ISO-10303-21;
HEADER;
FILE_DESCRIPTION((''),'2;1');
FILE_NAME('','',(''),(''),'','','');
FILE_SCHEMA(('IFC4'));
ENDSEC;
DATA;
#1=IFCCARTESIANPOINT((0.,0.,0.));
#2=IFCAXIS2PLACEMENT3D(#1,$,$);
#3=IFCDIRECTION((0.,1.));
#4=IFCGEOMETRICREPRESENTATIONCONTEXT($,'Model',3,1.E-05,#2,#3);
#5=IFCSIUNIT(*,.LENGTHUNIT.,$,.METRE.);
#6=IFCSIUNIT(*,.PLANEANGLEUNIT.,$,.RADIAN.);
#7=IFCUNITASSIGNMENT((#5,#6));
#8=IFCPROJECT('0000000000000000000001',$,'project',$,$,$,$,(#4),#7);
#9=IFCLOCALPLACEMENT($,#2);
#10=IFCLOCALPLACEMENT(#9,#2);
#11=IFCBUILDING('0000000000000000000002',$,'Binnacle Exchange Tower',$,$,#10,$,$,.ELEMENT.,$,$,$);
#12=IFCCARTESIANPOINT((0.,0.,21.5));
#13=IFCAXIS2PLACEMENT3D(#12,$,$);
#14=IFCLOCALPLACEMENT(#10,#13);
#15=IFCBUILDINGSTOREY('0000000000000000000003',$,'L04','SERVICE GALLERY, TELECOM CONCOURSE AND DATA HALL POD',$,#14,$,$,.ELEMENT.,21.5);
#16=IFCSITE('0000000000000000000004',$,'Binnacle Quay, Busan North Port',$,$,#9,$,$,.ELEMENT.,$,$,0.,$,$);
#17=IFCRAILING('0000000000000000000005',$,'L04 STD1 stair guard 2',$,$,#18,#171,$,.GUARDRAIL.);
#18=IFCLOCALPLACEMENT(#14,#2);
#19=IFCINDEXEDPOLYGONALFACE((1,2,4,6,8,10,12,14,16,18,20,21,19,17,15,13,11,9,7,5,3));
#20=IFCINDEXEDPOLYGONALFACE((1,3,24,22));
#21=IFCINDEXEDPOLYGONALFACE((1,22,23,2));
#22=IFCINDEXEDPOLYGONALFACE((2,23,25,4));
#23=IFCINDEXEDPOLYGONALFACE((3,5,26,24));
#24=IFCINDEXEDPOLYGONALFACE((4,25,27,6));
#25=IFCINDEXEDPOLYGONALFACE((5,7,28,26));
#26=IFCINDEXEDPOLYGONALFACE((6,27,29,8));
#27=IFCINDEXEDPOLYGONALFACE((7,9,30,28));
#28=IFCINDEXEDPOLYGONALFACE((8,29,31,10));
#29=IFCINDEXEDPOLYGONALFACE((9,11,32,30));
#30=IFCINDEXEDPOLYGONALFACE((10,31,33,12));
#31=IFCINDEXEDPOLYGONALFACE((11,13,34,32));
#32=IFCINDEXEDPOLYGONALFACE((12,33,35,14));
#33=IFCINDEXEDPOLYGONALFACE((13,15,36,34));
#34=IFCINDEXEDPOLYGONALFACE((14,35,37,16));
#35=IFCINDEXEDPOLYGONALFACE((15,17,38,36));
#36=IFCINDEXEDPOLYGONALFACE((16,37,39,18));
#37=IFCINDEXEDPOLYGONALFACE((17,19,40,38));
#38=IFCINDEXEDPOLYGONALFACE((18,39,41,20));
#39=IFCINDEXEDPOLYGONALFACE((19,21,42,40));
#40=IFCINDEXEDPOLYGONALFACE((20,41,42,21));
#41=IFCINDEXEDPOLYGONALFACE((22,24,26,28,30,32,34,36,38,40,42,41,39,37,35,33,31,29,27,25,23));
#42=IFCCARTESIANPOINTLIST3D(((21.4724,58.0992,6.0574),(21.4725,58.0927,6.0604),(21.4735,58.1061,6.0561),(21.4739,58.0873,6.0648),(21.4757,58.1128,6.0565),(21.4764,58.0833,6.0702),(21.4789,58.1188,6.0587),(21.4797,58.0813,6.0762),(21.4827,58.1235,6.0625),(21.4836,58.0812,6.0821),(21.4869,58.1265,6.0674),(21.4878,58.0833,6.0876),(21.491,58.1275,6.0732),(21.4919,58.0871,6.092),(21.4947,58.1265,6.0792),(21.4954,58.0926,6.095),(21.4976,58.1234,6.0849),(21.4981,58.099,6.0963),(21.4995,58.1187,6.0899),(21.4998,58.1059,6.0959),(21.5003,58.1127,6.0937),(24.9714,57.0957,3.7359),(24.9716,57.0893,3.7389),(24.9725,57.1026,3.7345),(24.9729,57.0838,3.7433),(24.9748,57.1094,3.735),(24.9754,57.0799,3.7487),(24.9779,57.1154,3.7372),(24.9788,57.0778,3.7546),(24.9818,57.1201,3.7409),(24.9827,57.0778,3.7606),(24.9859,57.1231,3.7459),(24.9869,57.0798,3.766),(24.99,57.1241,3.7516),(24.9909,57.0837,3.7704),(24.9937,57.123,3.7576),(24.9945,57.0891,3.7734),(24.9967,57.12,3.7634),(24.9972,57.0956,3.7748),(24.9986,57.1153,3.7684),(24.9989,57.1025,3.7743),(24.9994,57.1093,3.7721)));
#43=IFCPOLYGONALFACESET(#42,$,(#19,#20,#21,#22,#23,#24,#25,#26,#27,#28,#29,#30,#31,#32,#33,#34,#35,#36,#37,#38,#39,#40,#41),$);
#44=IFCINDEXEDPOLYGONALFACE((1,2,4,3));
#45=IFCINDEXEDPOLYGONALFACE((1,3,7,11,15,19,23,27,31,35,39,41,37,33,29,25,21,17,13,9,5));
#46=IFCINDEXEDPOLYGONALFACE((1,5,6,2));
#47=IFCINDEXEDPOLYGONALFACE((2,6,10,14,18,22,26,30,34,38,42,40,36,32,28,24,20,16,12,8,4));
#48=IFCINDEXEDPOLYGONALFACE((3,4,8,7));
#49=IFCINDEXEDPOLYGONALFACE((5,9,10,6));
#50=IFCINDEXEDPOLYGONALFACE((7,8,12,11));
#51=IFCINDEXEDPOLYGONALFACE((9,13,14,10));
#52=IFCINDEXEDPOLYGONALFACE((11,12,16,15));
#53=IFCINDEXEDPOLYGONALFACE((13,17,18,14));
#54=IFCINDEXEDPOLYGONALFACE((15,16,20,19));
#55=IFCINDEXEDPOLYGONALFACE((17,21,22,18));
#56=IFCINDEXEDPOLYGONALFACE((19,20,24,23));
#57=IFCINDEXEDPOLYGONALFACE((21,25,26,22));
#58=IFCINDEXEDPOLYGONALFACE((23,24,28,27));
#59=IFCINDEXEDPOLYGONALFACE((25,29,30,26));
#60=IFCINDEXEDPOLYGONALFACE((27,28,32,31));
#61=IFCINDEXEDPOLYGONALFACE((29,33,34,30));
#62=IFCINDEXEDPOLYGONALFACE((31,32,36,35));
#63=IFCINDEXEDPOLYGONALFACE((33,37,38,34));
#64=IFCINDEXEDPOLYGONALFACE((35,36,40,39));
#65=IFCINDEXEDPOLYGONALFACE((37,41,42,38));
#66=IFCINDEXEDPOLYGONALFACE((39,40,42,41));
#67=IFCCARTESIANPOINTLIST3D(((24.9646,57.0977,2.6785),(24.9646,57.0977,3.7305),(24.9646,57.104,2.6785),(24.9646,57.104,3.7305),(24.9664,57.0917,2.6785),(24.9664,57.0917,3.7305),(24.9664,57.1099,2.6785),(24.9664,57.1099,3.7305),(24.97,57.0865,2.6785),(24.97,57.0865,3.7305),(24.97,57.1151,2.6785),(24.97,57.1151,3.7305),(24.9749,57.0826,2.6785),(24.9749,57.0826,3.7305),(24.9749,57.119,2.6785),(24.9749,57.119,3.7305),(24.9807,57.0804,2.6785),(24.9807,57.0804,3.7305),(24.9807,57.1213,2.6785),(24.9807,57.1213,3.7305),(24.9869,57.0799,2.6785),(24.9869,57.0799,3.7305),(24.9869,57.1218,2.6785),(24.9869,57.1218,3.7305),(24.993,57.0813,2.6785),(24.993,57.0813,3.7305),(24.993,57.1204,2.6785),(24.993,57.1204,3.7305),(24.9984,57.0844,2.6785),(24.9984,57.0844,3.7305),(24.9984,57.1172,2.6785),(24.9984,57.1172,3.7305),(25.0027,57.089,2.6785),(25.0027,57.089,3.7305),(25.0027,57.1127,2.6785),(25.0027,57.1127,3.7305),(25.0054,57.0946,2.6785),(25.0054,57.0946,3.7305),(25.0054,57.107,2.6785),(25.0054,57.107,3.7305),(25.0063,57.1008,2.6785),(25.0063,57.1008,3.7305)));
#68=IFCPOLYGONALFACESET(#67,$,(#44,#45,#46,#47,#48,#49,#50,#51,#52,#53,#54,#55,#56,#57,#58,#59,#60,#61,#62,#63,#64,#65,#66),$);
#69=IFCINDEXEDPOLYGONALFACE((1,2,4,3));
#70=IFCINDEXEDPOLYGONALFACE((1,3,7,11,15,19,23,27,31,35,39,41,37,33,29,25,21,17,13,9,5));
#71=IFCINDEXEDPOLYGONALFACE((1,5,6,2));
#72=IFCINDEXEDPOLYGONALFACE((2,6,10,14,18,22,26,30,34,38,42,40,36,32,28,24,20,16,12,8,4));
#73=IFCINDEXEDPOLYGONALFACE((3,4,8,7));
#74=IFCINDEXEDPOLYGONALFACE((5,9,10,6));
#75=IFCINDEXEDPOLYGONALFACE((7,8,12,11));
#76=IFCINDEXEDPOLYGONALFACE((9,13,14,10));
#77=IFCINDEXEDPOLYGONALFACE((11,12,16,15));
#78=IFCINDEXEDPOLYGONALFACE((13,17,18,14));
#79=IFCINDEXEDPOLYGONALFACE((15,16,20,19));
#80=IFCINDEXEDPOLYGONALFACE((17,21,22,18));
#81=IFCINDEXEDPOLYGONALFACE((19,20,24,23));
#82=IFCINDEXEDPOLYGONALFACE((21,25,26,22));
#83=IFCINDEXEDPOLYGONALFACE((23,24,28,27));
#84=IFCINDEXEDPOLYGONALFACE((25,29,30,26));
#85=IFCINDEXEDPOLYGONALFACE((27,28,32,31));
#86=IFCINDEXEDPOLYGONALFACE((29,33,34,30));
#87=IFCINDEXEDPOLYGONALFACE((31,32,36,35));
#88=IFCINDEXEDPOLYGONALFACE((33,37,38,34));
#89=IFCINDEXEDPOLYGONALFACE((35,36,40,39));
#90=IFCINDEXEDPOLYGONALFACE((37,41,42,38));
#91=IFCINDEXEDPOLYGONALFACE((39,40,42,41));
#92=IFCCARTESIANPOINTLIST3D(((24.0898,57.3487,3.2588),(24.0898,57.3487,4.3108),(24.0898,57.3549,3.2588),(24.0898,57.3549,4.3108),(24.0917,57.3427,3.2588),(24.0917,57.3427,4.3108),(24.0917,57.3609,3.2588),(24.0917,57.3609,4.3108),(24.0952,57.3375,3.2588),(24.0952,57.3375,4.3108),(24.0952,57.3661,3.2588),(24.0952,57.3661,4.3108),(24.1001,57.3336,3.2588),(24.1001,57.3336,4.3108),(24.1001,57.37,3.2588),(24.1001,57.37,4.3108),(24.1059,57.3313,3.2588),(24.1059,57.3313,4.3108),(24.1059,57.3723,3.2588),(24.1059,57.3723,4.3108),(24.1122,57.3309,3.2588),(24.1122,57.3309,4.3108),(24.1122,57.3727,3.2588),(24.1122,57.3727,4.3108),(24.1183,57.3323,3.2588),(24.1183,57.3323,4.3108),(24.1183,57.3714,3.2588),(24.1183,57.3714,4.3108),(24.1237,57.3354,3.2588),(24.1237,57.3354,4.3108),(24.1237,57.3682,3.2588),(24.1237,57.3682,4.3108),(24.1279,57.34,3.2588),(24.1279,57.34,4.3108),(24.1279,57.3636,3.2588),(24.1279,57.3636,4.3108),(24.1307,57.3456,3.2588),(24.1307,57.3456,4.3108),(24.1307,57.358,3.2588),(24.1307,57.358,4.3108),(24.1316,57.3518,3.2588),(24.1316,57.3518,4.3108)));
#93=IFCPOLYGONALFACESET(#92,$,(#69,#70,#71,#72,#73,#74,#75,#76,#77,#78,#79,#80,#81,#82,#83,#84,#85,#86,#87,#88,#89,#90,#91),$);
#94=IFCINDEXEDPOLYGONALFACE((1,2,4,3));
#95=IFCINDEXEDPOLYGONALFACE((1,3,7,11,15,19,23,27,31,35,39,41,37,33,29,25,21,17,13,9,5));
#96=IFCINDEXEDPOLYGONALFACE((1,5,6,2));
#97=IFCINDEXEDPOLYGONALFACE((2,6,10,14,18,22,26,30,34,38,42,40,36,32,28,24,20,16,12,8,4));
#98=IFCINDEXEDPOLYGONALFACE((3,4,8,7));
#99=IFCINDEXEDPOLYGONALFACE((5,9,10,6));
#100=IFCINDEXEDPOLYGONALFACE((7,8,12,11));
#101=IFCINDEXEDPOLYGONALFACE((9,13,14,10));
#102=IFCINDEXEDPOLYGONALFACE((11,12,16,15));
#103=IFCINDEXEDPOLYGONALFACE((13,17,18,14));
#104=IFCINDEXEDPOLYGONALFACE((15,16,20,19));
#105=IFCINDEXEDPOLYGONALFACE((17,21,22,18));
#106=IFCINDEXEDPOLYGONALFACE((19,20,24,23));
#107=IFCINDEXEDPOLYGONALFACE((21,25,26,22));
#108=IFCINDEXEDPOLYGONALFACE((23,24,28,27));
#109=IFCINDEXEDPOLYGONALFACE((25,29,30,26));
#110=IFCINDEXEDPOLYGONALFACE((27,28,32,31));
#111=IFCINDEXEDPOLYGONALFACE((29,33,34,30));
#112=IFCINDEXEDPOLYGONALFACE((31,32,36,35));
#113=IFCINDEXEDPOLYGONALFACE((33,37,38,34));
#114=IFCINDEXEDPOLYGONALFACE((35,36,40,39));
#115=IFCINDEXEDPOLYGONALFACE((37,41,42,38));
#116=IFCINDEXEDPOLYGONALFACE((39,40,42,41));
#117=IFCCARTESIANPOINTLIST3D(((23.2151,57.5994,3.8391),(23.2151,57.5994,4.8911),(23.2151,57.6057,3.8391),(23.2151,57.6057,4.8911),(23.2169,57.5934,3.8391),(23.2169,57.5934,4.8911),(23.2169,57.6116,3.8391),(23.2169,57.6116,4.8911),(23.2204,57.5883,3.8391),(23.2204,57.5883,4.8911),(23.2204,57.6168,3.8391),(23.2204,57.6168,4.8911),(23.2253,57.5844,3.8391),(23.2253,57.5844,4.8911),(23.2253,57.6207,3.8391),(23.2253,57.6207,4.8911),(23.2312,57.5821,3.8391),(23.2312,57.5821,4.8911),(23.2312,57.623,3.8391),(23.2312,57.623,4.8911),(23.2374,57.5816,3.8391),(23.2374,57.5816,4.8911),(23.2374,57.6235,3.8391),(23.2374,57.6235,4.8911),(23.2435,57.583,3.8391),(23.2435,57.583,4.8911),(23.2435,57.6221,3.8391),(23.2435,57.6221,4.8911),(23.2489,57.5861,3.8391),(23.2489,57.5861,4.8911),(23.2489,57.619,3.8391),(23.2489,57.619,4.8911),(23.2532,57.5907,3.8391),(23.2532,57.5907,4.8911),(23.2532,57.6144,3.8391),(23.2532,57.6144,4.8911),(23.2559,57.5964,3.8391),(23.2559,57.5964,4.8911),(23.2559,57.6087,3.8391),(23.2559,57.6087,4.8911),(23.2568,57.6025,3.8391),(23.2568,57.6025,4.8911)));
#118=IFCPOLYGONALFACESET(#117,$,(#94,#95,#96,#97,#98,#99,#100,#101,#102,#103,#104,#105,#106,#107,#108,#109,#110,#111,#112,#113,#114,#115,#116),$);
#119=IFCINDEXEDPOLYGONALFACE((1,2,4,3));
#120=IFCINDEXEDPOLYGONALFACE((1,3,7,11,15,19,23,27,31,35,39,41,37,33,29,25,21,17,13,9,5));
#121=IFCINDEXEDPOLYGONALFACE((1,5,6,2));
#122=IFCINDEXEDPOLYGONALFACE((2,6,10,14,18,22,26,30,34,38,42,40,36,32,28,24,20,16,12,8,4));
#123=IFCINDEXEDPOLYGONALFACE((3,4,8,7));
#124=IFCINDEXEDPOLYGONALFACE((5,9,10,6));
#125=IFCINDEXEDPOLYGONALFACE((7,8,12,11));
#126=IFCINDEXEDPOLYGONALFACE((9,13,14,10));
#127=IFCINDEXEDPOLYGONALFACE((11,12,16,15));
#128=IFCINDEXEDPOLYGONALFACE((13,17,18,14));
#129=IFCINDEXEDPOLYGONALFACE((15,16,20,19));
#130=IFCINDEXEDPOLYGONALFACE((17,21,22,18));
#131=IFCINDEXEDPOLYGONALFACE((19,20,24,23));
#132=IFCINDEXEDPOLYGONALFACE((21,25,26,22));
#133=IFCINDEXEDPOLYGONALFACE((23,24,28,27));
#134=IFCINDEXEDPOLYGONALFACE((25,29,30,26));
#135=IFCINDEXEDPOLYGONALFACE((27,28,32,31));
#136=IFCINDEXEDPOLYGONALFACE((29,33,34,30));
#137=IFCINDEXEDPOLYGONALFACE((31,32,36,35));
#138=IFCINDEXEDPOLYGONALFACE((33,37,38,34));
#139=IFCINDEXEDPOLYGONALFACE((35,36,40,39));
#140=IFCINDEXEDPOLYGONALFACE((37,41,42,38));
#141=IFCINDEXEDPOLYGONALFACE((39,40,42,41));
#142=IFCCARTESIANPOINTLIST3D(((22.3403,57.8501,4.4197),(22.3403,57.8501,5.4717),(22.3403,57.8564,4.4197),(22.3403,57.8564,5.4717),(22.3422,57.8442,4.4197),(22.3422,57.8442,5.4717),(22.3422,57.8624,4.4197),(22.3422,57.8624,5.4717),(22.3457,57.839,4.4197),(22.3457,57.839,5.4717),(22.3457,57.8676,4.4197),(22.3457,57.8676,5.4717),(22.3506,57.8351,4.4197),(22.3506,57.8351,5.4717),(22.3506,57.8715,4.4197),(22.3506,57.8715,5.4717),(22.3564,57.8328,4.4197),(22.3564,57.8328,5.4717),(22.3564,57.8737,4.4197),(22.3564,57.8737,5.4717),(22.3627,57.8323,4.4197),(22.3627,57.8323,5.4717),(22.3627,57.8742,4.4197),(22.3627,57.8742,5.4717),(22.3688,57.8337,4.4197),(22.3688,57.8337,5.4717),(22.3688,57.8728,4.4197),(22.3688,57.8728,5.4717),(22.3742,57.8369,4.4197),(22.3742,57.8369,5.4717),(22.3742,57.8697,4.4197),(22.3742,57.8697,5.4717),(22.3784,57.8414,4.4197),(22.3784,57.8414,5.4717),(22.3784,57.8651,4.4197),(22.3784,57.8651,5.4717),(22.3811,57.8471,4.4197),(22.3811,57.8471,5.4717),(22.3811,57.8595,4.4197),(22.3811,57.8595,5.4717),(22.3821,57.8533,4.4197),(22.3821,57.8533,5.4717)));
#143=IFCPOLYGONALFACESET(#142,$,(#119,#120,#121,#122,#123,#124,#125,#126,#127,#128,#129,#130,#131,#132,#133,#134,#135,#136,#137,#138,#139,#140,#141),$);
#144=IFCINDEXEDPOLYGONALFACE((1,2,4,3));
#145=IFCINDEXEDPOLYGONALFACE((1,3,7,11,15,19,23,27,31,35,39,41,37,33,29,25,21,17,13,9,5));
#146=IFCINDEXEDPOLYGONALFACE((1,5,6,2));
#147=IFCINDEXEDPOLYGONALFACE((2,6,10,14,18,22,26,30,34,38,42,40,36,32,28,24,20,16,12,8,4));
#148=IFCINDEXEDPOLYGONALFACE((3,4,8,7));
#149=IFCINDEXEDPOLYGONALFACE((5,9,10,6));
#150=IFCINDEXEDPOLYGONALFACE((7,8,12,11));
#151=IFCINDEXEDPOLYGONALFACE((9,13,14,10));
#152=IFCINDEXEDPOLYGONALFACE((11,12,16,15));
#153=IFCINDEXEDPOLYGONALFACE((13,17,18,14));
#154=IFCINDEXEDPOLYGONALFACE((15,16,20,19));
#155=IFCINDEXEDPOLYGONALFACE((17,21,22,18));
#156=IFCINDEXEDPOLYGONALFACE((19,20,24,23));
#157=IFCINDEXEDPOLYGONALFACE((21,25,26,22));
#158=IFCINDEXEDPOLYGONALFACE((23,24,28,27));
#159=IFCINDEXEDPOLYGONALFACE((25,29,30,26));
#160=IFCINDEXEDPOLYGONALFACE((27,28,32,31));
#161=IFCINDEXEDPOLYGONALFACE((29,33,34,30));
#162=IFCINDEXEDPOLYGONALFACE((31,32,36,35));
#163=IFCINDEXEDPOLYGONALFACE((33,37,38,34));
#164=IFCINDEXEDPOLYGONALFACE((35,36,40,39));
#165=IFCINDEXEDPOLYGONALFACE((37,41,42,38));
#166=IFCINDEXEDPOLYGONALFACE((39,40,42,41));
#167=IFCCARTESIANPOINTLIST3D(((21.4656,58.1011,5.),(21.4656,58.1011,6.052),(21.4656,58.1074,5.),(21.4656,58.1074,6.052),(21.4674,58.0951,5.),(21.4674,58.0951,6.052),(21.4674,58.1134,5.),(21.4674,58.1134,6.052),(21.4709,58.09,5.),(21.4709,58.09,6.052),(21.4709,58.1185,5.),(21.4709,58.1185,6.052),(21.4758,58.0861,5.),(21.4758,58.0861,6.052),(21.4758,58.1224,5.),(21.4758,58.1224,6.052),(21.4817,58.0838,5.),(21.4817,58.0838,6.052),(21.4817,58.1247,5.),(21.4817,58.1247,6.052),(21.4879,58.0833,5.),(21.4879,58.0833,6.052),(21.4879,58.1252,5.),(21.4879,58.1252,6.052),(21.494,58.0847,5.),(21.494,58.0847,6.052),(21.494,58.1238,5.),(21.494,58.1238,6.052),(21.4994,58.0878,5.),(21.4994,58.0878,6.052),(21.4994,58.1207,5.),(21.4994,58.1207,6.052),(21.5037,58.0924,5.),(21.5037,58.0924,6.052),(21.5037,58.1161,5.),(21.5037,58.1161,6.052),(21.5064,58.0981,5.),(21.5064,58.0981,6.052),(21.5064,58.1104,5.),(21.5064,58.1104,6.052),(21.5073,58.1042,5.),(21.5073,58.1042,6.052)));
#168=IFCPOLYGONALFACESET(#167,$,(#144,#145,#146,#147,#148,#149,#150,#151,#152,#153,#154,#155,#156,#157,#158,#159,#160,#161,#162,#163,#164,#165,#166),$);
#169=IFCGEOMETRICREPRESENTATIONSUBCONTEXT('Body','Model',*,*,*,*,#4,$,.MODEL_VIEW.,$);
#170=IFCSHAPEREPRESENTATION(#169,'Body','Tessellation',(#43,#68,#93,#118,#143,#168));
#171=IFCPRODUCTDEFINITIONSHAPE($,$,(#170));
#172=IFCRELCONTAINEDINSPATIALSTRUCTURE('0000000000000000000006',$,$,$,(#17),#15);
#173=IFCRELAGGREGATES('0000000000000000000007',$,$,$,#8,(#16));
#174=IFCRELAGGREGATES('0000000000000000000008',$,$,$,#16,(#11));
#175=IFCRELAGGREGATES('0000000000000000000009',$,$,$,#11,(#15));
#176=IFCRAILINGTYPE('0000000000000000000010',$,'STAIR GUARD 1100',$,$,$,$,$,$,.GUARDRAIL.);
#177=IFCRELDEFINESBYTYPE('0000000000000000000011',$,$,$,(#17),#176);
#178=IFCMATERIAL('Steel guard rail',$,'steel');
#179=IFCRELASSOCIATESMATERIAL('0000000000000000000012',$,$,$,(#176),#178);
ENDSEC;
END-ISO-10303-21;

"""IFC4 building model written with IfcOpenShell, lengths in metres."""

from ifc_helpers import new_model, si_unit, direction, frame, origin, origin_2d, place, context, subcontext, project, spatial, circle, extrude, material, type_object, element, save


model = new_model("IFC4")

# Units and contexts
model_context = context("Model", 3, precision=1e-05, world=origin(), true_north=direction((0.0, 1.0)))
body_context = subcontext(model_context, "Body", "Model", "MODEL_VIEW")
ifc_project = project(units=[si_unit("LENGTHUNIT", "METRE"), si_unit("PLANEANGLEUNIT", "RADIAN")], contexts=[model_context])

# Site, building, storey
site_placement = place(None, origin())
site = spatial("IfcSite", under=ifc_project, at=site_placement, Name="Binnacle Quay, Busan North Port", CompositionType="ELEMENT", RefElevation=0.0)
building_placement = place(site_placement, origin())
building = spatial("IfcBuilding", under=site, at=building_placement, Name="Binnacle Exchange Tower", CompositionType="ELEMENT")
storey_placement = place(building_placement, frame((0.0, 0.0, 21.5)))
storey = spatial("IfcBuildingStorey", under=building, at=storey_placement, Name="L04", Description="SERVICE GALLERY, TELECOM CONCOURSE AND DATA HALL POD", CompositionType="ELEMENT", Elevation=21.5)

# Railing
ifc_material_1 = material(Name="Steel guard rail", Category="steel")
railing_type_1 = type_object("IfcRailingType", Name="STAIR GUARD 1100", PredefinedType="GUARDRAIL", material=ifc_material_1)
railing_1_placement = place(storey_placement, frame((24.9854, 57.1008, 2.6785)))
element("IfcRailing", 1, at=railing_1_placement, inside=storey, type_object=railing_type_1, Name="L04 STD1 stair guard 2", PredefinedType="GUARDRAIL", context=body_context, shape_type="SweptSolid", body=[
    extrude(circle(Radius=0.0239, at=origin_2d()), frame((0.0, 0.0, 1.0762), z_axis=(-0.810456, 0.232415, 0.537722), x_axis=(-0.27566, -0.961255, 0.0)), (0.0, 0.0, 1.0), 4.3174),
    extrude(circle(Radius=0.021, at=origin_2d()), origin(), (0.0, 0.0, 1.0), 1.052),
    extrude(circle(Radius=0.021, at=origin_2d()), frame((-0.8748, 0.251, 0.5803)), (0.0, 0.0, 1.0), 1.052),
    extrude(circle(Radius=0.021, at=origin_2d()), frame((-1.7495, 0.5017, 1.1606)), (0.0, 0.0, 1.0), 1.052),
    extrude(circle(Radius=0.021, at=origin_2d()), frame((-2.6243, 0.7524, 1.7412)), (0.0, 0.0, 1.0), 1.052),
    extrude(circle(Radius=0.021, at=origin_2d()), frame((-3.499, 1.0034, 2.3215)), (0.0, 0.0, 1.0), 1.052),
])

save(model, "model.ifc")
